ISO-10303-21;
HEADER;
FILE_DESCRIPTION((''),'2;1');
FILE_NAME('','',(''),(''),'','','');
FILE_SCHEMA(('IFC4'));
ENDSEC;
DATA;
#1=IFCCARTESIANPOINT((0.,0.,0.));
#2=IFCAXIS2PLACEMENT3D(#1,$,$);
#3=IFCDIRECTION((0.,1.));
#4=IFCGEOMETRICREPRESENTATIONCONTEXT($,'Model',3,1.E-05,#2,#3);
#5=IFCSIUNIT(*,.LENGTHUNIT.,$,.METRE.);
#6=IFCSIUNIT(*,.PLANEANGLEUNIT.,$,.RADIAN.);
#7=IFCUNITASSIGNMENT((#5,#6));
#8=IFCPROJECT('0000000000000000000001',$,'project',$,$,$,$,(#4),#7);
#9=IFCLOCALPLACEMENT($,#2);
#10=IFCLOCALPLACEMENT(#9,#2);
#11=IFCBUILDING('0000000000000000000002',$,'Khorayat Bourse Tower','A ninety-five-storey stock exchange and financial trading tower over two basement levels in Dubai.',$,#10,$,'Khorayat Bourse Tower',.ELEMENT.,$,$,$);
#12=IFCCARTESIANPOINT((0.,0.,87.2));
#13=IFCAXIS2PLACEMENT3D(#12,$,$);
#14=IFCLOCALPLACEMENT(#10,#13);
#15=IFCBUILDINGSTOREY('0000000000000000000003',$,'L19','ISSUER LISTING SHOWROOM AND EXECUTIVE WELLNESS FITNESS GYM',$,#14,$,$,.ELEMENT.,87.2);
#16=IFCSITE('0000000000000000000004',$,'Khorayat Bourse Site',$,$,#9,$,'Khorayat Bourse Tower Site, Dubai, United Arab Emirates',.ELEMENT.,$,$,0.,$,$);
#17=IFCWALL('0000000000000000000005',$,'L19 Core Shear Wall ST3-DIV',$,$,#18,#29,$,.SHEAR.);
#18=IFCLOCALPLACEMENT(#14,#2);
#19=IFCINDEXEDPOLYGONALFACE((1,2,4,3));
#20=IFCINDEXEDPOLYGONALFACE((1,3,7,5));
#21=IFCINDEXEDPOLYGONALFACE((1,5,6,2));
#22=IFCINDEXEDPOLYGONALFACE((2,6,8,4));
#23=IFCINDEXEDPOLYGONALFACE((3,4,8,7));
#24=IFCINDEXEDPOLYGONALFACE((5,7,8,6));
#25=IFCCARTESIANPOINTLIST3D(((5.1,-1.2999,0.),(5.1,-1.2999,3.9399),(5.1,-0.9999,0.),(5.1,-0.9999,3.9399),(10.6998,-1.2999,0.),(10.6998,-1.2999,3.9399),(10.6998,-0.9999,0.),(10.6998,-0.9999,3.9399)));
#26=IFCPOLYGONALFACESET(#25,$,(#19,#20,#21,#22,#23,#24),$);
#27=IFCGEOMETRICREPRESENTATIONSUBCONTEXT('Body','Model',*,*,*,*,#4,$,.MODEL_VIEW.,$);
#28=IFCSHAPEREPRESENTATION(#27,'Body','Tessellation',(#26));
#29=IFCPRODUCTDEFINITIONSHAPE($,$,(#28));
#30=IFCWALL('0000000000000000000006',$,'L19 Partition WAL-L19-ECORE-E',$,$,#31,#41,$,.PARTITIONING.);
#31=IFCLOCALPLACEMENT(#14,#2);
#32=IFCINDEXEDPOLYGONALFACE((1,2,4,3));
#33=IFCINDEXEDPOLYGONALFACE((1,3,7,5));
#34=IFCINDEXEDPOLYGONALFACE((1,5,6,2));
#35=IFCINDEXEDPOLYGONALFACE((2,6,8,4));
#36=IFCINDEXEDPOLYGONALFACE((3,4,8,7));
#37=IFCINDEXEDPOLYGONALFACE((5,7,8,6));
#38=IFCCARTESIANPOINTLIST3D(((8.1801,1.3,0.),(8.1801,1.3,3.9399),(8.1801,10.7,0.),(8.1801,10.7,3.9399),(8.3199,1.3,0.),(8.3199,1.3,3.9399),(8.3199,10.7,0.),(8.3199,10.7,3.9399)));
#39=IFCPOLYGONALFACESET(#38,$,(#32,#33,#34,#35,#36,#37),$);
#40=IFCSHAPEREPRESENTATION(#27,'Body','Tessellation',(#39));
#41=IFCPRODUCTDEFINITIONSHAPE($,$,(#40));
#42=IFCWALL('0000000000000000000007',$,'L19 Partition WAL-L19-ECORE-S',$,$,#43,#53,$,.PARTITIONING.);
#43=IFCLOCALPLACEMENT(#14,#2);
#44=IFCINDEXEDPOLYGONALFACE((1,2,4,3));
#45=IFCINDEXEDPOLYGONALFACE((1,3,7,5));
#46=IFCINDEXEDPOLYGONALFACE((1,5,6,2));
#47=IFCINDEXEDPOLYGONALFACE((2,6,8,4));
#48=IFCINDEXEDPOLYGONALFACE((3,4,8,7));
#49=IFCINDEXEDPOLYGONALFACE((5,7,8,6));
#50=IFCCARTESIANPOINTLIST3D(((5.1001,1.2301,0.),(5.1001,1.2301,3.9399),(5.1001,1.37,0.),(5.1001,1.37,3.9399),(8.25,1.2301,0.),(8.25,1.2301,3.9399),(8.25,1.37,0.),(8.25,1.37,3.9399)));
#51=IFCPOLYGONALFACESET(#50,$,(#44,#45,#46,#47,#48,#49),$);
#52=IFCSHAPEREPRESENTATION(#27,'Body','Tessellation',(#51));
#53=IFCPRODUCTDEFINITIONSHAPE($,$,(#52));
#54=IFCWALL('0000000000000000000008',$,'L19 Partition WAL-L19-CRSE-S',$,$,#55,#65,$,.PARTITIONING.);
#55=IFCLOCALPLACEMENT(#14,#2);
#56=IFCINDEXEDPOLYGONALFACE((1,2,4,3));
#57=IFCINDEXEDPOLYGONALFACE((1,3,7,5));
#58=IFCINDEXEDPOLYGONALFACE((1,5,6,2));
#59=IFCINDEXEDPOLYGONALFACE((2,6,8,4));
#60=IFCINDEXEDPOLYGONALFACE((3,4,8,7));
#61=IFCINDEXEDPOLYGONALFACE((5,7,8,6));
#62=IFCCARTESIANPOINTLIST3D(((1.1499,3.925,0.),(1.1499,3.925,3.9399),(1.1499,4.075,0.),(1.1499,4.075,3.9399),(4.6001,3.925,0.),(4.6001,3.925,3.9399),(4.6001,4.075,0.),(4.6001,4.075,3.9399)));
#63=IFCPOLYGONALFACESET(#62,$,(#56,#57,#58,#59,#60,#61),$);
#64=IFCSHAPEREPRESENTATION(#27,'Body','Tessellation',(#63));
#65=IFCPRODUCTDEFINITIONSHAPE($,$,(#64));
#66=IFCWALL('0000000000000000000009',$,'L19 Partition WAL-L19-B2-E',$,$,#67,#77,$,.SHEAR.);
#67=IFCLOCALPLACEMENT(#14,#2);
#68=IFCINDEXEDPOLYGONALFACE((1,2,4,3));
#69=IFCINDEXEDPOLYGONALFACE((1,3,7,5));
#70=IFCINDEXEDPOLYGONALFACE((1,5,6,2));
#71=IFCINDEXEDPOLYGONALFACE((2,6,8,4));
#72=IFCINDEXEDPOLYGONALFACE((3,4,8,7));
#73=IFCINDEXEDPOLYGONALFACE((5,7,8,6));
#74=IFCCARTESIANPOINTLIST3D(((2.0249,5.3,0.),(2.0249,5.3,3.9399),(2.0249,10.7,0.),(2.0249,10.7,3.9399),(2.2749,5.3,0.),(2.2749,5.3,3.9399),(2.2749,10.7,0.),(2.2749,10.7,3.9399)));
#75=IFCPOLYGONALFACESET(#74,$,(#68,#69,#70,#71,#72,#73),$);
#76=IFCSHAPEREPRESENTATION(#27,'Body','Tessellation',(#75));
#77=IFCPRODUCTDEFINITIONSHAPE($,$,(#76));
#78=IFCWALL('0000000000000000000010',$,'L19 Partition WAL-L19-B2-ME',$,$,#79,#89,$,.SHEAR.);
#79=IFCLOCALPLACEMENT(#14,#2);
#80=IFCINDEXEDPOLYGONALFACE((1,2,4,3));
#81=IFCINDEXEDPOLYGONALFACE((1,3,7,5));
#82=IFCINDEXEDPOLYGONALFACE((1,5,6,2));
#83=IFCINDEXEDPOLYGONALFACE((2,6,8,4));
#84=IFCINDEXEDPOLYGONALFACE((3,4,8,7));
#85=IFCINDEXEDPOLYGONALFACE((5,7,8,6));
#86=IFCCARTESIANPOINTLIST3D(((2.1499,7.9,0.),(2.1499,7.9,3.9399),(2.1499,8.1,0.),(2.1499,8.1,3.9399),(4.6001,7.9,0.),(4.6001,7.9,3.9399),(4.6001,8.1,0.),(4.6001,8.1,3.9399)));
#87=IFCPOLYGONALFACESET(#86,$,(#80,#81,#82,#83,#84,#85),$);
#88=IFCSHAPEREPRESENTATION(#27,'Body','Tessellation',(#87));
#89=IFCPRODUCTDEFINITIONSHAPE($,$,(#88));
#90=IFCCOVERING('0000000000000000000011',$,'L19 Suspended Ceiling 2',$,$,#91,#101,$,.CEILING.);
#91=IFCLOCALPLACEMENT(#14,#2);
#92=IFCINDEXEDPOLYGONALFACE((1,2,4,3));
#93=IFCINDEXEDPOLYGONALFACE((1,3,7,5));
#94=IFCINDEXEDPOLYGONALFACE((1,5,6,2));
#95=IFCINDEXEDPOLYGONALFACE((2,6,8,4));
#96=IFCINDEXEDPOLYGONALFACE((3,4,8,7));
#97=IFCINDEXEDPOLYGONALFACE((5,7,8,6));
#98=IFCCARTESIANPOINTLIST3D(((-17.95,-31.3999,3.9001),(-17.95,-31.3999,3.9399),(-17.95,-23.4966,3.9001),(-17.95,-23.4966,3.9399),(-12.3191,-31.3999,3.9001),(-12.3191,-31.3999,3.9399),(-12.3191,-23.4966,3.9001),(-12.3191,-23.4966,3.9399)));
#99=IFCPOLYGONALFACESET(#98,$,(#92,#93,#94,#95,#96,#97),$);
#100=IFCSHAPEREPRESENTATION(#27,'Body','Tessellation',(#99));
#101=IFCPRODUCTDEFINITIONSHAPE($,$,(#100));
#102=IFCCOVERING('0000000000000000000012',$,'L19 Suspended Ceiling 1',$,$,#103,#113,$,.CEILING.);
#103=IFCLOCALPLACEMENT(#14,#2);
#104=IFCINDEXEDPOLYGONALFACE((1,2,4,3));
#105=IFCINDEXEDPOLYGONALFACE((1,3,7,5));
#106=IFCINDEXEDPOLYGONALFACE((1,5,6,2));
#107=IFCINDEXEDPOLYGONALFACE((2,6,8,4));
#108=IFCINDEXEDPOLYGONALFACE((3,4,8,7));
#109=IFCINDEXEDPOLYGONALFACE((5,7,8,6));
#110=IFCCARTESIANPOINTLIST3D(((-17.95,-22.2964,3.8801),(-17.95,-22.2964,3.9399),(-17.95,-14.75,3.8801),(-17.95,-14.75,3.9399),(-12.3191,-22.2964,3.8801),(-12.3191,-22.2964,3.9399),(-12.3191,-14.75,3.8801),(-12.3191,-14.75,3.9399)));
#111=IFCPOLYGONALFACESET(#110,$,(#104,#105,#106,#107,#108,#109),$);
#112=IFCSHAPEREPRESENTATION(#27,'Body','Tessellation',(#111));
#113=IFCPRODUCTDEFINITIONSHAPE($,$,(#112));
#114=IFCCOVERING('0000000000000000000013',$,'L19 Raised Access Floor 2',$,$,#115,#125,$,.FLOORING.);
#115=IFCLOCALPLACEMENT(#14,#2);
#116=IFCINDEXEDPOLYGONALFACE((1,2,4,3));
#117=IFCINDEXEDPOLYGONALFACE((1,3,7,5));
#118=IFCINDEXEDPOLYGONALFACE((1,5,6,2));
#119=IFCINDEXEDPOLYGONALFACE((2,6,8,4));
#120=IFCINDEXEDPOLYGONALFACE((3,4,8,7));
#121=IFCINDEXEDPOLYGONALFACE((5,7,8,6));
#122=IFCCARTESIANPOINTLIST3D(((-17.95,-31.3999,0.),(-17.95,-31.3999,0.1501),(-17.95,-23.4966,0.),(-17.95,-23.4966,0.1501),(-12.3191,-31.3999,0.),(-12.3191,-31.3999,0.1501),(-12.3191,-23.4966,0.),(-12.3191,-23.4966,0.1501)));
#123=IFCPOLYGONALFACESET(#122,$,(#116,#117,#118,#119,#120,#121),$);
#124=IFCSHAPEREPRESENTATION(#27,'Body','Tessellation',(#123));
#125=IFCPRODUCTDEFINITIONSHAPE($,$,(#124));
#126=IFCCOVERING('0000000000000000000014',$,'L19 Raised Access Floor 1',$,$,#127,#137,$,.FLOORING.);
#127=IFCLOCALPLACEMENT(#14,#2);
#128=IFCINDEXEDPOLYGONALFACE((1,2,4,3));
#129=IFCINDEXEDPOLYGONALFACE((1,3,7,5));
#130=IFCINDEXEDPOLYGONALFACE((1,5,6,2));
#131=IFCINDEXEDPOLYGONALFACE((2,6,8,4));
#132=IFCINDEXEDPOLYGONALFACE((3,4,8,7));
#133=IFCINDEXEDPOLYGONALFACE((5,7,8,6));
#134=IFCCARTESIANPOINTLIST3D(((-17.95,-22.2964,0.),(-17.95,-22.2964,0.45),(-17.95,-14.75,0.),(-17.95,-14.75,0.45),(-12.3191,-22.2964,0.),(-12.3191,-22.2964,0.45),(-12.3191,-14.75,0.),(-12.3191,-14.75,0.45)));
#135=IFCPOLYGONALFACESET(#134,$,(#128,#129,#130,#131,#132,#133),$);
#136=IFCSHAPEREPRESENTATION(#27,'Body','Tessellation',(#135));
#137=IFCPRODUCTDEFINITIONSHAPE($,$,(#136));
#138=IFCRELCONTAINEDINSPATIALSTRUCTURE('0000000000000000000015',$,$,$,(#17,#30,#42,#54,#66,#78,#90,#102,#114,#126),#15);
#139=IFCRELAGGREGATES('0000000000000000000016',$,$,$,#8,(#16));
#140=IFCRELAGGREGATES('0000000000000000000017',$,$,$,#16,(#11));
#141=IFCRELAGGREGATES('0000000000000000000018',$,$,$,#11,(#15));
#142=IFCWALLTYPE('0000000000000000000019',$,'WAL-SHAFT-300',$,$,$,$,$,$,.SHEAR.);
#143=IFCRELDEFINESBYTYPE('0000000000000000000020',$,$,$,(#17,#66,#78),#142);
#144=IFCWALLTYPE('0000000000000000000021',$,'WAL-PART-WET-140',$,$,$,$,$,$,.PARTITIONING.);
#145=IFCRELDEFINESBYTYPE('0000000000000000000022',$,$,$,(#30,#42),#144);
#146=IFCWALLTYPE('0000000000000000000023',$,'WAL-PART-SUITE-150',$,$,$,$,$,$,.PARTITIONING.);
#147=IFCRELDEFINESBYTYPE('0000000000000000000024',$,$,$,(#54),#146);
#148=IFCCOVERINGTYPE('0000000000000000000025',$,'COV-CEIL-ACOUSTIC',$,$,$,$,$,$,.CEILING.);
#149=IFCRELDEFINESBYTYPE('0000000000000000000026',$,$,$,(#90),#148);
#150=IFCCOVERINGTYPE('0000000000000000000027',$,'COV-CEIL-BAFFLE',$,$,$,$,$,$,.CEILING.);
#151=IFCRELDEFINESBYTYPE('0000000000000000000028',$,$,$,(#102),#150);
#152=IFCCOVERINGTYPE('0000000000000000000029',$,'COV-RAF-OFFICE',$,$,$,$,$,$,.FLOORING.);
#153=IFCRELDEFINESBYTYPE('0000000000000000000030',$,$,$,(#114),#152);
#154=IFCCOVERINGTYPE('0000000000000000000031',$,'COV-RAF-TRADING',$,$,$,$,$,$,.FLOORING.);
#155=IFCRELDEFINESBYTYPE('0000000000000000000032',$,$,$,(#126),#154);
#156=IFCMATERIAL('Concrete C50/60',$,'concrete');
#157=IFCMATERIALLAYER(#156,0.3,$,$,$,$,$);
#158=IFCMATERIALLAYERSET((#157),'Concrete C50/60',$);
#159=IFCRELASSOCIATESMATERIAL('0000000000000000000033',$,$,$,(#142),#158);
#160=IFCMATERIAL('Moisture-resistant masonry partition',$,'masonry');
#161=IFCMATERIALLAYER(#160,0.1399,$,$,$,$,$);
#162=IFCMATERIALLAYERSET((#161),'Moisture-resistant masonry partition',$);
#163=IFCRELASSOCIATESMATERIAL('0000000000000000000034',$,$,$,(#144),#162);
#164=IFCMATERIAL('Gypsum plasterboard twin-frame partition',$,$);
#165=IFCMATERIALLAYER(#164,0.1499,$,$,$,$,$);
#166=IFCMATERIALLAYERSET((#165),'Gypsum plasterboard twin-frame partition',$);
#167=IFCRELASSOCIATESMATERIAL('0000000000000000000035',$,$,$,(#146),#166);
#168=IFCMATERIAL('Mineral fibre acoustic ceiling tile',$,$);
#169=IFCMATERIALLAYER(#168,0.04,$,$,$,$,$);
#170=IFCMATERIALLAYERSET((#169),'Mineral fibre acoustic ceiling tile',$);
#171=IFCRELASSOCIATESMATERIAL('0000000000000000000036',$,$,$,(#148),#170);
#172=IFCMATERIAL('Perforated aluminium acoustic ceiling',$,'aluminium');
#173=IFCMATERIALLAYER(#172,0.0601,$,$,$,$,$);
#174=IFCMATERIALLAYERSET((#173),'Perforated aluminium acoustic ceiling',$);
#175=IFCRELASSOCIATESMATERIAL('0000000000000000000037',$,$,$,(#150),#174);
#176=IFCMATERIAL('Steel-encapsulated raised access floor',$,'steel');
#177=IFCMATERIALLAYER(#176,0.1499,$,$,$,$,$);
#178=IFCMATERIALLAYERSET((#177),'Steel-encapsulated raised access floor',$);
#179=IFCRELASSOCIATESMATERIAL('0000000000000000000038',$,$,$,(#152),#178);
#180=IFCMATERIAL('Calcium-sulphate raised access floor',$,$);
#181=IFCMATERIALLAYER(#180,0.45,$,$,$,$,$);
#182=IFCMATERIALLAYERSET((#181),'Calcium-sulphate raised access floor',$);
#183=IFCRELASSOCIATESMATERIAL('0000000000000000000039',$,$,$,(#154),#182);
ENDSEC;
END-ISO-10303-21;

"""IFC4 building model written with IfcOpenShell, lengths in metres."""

from ifc_helpers import new_model, si_unit, direction, frame, frame_2d, origin, place, context, subcontext, project, spatial, polyline, rectangle, outline, extrude, source, transform, mapped, material, layer, layer_set, type_object, element, save


model = new_model("IFC4")

# Units and contexts
model_context = context("Model", 3, precision=1e-05, world=origin(), true_north=direction((0.0, 1.0)))
body_context = subcontext(model_context, "Body", "Model", "MODEL_VIEW")
ifc_project = project(units=[si_unit("LENGTHUNIT", "METRE"), si_unit("PLANEANGLEUNIT", "RADIAN")], contexts=[model_context])

# Site, building, storey
site_placement = place(None, origin())
site = spatial("IfcSite", under=ifc_project, at=site_placement, Name="Khorayat Bourse Site", LongName="Khorayat Bourse Tower Site, Dubai, United Arab Emirates", CompositionType="ELEMENT", RefElevation=0.0)
building_placement = place(site_placement, origin())
building = spatial("IfcBuilding", under=site, at=building_placement, Name="Khorayat Bourse Tower", Description="A ninety-five-storey stock exchange and financial trading tower over two basement levels in Dubai.", LongName="Khorayat Bourse Tower", CompositionType="ELEMENT")
storey_placement = place(building_placement, frame((0.0, 0.0, 87.2)))
storey = spatial("IfcBuildingStorey", under=building, at=storey_placement, Name="L19", Description="ISSUER LISTING SHOWROOM AND EXECUTIVE WELLNESS FITNESS GYM", CompositionType="ELEMENT", Elevation=87.2)

# Walls
ifc_material_1 = material(Name="Concrete C50/60", Category="concrete")
ifc_layer_1 = layer(ifc_material_1, 0.3)
ifc_layer_set_1 = layer_set([ifc_layer_1], Name="Concrete C50/60")
wall_type_1 = type_object("IfcWallType", Name="WAL-SHAFT-300", PredefinedType="SHEAR", material=ifc_layer_set_1)
shared_shape_1 = source(origin(), body_context, "Body", "SweptSolid", [
    extrude(rectangle(XDim=5.5999, YDim=0.3, at=frame_2d((2.7998, 0.0))), origin(), (0.0, 0.0, 1.0), 3.9399),
])
wall_1_placement = place(storey_placement, frame((5.1001, -1.1499, 0.0), z_axis=(0.0, 0.0, 1.0), x_axis=(1.0, 0.0, 0.0)))
element("IfcWall", 1, at=wall_1_placement, inside=storey, type_object=wall_type_1, Name="L19 Core Shear Wall ST3-DIV", PredefinedType="SHEAR", context=body_context, shape_type="MappedRepresentation", body=[
    mapped(shared_shape_1, transform((0.0, 0.0, 0.0), scale=1.0)),
])
ifc_material_2 = material(Name="Moisture-resistant masonry partition", Category="masonry")
ifc_layer_2 = layer(ifc_material_2, 0.1399)
ifc_layer_set_2 = layer_set([ifc_layer_2], Name="Moisture-resistant masonry partition")
wall_type_2 = type_object("IfcWallType", Name="WAL-PART-WET-140", PredefinedType="PARTITIONING", material=ifc_layer_set_2)
shared_shape_2 = source(origin(), body_context, "Body", "SweptSolid", [
    extrude(rectangle(XDim=9.3999, YDim=0.1399, at=frame_2d((4.7, 0.0))), origin(), (0.0, 0.0, 1.0), 3.9399),
])
wall_2_placement = place(storey_placement, frame((8.25, 1.3, 0.0), z_axis=(0.0, 0.0, 1.0), x_axis=(0.0, 1.0, 0.0)))
element("IfcWall", 2, at=wall_2_placement, inside=storey, type_object=wall_type_2, Name="L19 Partition WAL-L19-ECORE-E", PredefinedType="PARTITIONING", context=body_context, shape_type="MappedRepresentation", body=[
    mapped(shared_shape_2, transform((0.0, 0.0, 0.0), scale=1.0)),
])
shared_shape_3 = source(origin(), body_context, "Body", "SweptSolid", [
    extrude(rectangle(XDim=3.1499, YDim=0.1399, at=frame_2d((1.575, 0.0))), origin(), (0.0, 0.0, 1.0), 3.9399),
])
wall_3_placement = place(storey_placement, frame((5.1001, 1.3, 0.0), z_axis=(0.0, 0.0, 1.0), x_axis=(1.0, 0.0, 0.0)))
element("IfcWall", 3, at=wall_3_placement, inside=storey, type_object=wall_type_2, Name="L19 Partition WAL-L19-ECORE-S", PredefinedType="PARTITIONING", context=body_context, shape_type="MappedRepresentation", body=[
    mapped(shared_shape_3, transform((0.0, 0.0, 0.0), scale=1.0)),
])

# Walls
ifc_material_3 = material(Name="Gypsum plasterboard twin-frame partition")
ifc_layer_3 = layer(ifc_material_3, 0.1499)
ifc_layer_set_3 = layer_set([ifc_layer_3], Name="Gypsum plasterboard twin-frame partition")
wall_type_3 = type_object("IfcWallType", Name="WAL-PART-SUITE-150", PredefinedType="PARTITIONING", material=ifc_layer_set_3)
shared_shape_4 = source(origin(), body_context, "Body", "SweptSolid", [
    extrude(rectangle(XDim=3.4502, YDim=0.1499, at=frame_2d((1.7251, 0.0))), origin(), (0.0, 0.0, 1.0), 3.9399),
])
wall_4_placement = place(storey_placement, frame((1.1499, 4.0, 0.0), z_axis=(0.0, 0.0, 1.0), x_axis=(1.0, 0.0, 0.0)))
element("IfcWall", 4, at=wall_4_placement, inside=storey, type_object=wall_type_3, Name="L19 Partition WAL-L19-CRSE-S", PredefinedType="PARTITIONING", context=body_context, shape_type="MappedRepresentation", body=[
    mapped(shared_shape_4, transform((0.0, 0.0, 0.0), scale=1.0)),
])
shared_shape_5 = source(origin(), body_context, "Body", "SweptSolid", [
    extrude(rectangle(XDim=5.3999, YDim=0.25, at=frame_2d((2.7, 0.0))), origin(), (0.0, 0.0, 1.0), 3.9399),
])
wall_5_placement = place(storey_placement, frame((2.1499, 5.3, 0.0), z_axis=(0.0, 0.0, 1.0), x_axis=(0.0, 1.0, 0.0)))
element("IfcWall", 5, at=wall_5_placement, inside=storey, type_object=wall_type_1, Name="L19 Partition WAL-L19-B2-E", PredefinedType="SHEAR", context=body_context, shape_type="MappedRepresentation", body=[
    mapped(shared_shape_5, transform((0.0, 0.0, 0.0), scale=1.0)),
])
shared_shape_6 = source(origin(), body_context, "Body", "SweptSolid", [
    extrude(rectangle(XDim=2.4502, YDim=0.2, at=frame_2d((1.2251, 0.0))), origin(), (0.0, 0.0, 1.0), 3.9399),
])
wall_6_placement = place(storey_placement, frame((2.1499, 8.0, 0.0), z_axis=(0.0, 0.0, 1.0), x_axis=(1.0, 0.0, 0.0)))
element("IfcWall", 6, at=wall_6_placement, inside=storey, type_object=wall_type_1, Name="L19 Partition WAL-L19-B2-ME", PredefinedType="SHEAR", context=body_context, shape_type="MappedRepresentation", body=[
    mapped(shared_shape_6, transform((0.0, 0.0, 0.0), scale=1.0)),
])

# Coverings
ifc_material_4 = material(Name="Mineral fibre acoustic ceiling tile")
ifc_layer_4 = layer(ifc_material_4, 0.04)
ifc_layer_set_4 = layer_set([ifc_layer_4], Name="Mineral fibre acoustic ceiling tile")
covering_type_1 = type_object("IfcCoveringType", Name="COV-CEIL-ACOUSTIC", PredefinedType="CEILING", material=ifc_layer_set_4)
covering_1_placement = place(storey_placement, frame((0.0, 0.0, 3.9001)))
element("IfcCovering", 7, at=covering_1_placement, inside=storey, type_object=covering_type_1, Name="L19 Suspended Ceiling 2", PredefinedType="CEILING", context=body_context, shape_type="SweptSolid", body=[
    extrude(outline(polyline([(-17.95, -31.3999), (-12.3191, -31.3999), (-12.3191, -23.4966), (-17.95, -23.4966), (-17.95, -31.3999)])), origin(), (0.0, 0.0, 1.0), 0.0398),
])
ifc_material_5 = material(Name="Perforated aluminium acoustic ceiling", Category="aluminium")
ifc_layer_5 = layer(ifc_material_5, 0.0601)
ifc_layer_set_5 = layer_set([ifc_layer_5], Name="Perforated aluminium acoustic ceiling")
covering_type_2 = type_object("IfcCoveringType", Name="COV-CEIL-BAFFLE", PredefinedType="CEILING", material=ifc_layer_set_5)
covering_2_placement = place(storey_placement, frame((0.0, 0.0, 3.8801)))
element("IfcCovering", 8, at=covering_2_placement, inside=storey, type_object=covering_type_2, Name="L19 Suspended Ceiling 1", PredefinedType="CEILING", context=body_context, shape_type="SweptSolid", body=[
    extrude(outline(polyline([(-17.95, -22.2964), (-12.3191, -22.2964), (-12.3191, -14.75), (-17.95, -14.75), (-17.95, -22.2964)])), origin(), (0.0, 0.0, 1.0), 0.0598),
])
ifc_material_6 = material(Name="Steel-encapsulated raised access floor", Category="steel")
ifc_layer_6 = layer(ifc_material_6, 0.1499)
ifc_layer_set_6 = layer_set([ifc_layer_6], Name="Steel-encapsulated raised access floor")
covering_type_3 = type_object("IfcCoveringType", Name="COV-RAF-OFFICE", PredefinedType="FLOORING", material=ifc_layer_set_6)
covering_3_placement = place(storey_placement, origin())
element("IfcCovering", 9, at=covering_3_placement, inside=storey, type_object=covering_type_3, Name="L19 Raised Access Floor 2", PredefinedType="FLOORING", context=body_context, shape_type="SweptSolid", body=[
    extrude(outline(polyline([(-17.95, -31.3999), (-12.3191, -31.3999), (-12.3191, -23.4966), (-17.95, -23.4966), (-17.95, -31.3999)])), origin(), (0.0, 0.0, 1.0), 0.1501),
])
ifc_material_7 = material(Name="Calcium-sulphate raised access floor")
ifc_layer_7 = layer(ifc_material_7, 0.45)
ifc_layer_set_7 = layer_set([ifc_layer_7], Name="Calcium-sulphate raised access floor")
covering_type_4 = type_object("IfcCoveringType", Name="COV-RAF-TRADING", PredefinedType="FLOORING", material=ifc_layer_set_7)
covering_4_placement = place(storey_placement, origin())
element("IfcCovering", 10, at=covering_4_placement, inside=storey, type_object=covering_type_4, Name="L19 Raised Access Floor 1", PredefinedType="FLOORING", context=body_context, shape_type="SweptSolid", body=[
    extrude(outline(polyline([(-17.95, -22.2964), (-12.3191, -22.2964), (-12.3191, -14.75), (-17.95, -14.75), (-17.95, -22.2964)])), origin(), (0.0, 0.0, 1.0), 0.45),
])

save(model, "model.ifc")
